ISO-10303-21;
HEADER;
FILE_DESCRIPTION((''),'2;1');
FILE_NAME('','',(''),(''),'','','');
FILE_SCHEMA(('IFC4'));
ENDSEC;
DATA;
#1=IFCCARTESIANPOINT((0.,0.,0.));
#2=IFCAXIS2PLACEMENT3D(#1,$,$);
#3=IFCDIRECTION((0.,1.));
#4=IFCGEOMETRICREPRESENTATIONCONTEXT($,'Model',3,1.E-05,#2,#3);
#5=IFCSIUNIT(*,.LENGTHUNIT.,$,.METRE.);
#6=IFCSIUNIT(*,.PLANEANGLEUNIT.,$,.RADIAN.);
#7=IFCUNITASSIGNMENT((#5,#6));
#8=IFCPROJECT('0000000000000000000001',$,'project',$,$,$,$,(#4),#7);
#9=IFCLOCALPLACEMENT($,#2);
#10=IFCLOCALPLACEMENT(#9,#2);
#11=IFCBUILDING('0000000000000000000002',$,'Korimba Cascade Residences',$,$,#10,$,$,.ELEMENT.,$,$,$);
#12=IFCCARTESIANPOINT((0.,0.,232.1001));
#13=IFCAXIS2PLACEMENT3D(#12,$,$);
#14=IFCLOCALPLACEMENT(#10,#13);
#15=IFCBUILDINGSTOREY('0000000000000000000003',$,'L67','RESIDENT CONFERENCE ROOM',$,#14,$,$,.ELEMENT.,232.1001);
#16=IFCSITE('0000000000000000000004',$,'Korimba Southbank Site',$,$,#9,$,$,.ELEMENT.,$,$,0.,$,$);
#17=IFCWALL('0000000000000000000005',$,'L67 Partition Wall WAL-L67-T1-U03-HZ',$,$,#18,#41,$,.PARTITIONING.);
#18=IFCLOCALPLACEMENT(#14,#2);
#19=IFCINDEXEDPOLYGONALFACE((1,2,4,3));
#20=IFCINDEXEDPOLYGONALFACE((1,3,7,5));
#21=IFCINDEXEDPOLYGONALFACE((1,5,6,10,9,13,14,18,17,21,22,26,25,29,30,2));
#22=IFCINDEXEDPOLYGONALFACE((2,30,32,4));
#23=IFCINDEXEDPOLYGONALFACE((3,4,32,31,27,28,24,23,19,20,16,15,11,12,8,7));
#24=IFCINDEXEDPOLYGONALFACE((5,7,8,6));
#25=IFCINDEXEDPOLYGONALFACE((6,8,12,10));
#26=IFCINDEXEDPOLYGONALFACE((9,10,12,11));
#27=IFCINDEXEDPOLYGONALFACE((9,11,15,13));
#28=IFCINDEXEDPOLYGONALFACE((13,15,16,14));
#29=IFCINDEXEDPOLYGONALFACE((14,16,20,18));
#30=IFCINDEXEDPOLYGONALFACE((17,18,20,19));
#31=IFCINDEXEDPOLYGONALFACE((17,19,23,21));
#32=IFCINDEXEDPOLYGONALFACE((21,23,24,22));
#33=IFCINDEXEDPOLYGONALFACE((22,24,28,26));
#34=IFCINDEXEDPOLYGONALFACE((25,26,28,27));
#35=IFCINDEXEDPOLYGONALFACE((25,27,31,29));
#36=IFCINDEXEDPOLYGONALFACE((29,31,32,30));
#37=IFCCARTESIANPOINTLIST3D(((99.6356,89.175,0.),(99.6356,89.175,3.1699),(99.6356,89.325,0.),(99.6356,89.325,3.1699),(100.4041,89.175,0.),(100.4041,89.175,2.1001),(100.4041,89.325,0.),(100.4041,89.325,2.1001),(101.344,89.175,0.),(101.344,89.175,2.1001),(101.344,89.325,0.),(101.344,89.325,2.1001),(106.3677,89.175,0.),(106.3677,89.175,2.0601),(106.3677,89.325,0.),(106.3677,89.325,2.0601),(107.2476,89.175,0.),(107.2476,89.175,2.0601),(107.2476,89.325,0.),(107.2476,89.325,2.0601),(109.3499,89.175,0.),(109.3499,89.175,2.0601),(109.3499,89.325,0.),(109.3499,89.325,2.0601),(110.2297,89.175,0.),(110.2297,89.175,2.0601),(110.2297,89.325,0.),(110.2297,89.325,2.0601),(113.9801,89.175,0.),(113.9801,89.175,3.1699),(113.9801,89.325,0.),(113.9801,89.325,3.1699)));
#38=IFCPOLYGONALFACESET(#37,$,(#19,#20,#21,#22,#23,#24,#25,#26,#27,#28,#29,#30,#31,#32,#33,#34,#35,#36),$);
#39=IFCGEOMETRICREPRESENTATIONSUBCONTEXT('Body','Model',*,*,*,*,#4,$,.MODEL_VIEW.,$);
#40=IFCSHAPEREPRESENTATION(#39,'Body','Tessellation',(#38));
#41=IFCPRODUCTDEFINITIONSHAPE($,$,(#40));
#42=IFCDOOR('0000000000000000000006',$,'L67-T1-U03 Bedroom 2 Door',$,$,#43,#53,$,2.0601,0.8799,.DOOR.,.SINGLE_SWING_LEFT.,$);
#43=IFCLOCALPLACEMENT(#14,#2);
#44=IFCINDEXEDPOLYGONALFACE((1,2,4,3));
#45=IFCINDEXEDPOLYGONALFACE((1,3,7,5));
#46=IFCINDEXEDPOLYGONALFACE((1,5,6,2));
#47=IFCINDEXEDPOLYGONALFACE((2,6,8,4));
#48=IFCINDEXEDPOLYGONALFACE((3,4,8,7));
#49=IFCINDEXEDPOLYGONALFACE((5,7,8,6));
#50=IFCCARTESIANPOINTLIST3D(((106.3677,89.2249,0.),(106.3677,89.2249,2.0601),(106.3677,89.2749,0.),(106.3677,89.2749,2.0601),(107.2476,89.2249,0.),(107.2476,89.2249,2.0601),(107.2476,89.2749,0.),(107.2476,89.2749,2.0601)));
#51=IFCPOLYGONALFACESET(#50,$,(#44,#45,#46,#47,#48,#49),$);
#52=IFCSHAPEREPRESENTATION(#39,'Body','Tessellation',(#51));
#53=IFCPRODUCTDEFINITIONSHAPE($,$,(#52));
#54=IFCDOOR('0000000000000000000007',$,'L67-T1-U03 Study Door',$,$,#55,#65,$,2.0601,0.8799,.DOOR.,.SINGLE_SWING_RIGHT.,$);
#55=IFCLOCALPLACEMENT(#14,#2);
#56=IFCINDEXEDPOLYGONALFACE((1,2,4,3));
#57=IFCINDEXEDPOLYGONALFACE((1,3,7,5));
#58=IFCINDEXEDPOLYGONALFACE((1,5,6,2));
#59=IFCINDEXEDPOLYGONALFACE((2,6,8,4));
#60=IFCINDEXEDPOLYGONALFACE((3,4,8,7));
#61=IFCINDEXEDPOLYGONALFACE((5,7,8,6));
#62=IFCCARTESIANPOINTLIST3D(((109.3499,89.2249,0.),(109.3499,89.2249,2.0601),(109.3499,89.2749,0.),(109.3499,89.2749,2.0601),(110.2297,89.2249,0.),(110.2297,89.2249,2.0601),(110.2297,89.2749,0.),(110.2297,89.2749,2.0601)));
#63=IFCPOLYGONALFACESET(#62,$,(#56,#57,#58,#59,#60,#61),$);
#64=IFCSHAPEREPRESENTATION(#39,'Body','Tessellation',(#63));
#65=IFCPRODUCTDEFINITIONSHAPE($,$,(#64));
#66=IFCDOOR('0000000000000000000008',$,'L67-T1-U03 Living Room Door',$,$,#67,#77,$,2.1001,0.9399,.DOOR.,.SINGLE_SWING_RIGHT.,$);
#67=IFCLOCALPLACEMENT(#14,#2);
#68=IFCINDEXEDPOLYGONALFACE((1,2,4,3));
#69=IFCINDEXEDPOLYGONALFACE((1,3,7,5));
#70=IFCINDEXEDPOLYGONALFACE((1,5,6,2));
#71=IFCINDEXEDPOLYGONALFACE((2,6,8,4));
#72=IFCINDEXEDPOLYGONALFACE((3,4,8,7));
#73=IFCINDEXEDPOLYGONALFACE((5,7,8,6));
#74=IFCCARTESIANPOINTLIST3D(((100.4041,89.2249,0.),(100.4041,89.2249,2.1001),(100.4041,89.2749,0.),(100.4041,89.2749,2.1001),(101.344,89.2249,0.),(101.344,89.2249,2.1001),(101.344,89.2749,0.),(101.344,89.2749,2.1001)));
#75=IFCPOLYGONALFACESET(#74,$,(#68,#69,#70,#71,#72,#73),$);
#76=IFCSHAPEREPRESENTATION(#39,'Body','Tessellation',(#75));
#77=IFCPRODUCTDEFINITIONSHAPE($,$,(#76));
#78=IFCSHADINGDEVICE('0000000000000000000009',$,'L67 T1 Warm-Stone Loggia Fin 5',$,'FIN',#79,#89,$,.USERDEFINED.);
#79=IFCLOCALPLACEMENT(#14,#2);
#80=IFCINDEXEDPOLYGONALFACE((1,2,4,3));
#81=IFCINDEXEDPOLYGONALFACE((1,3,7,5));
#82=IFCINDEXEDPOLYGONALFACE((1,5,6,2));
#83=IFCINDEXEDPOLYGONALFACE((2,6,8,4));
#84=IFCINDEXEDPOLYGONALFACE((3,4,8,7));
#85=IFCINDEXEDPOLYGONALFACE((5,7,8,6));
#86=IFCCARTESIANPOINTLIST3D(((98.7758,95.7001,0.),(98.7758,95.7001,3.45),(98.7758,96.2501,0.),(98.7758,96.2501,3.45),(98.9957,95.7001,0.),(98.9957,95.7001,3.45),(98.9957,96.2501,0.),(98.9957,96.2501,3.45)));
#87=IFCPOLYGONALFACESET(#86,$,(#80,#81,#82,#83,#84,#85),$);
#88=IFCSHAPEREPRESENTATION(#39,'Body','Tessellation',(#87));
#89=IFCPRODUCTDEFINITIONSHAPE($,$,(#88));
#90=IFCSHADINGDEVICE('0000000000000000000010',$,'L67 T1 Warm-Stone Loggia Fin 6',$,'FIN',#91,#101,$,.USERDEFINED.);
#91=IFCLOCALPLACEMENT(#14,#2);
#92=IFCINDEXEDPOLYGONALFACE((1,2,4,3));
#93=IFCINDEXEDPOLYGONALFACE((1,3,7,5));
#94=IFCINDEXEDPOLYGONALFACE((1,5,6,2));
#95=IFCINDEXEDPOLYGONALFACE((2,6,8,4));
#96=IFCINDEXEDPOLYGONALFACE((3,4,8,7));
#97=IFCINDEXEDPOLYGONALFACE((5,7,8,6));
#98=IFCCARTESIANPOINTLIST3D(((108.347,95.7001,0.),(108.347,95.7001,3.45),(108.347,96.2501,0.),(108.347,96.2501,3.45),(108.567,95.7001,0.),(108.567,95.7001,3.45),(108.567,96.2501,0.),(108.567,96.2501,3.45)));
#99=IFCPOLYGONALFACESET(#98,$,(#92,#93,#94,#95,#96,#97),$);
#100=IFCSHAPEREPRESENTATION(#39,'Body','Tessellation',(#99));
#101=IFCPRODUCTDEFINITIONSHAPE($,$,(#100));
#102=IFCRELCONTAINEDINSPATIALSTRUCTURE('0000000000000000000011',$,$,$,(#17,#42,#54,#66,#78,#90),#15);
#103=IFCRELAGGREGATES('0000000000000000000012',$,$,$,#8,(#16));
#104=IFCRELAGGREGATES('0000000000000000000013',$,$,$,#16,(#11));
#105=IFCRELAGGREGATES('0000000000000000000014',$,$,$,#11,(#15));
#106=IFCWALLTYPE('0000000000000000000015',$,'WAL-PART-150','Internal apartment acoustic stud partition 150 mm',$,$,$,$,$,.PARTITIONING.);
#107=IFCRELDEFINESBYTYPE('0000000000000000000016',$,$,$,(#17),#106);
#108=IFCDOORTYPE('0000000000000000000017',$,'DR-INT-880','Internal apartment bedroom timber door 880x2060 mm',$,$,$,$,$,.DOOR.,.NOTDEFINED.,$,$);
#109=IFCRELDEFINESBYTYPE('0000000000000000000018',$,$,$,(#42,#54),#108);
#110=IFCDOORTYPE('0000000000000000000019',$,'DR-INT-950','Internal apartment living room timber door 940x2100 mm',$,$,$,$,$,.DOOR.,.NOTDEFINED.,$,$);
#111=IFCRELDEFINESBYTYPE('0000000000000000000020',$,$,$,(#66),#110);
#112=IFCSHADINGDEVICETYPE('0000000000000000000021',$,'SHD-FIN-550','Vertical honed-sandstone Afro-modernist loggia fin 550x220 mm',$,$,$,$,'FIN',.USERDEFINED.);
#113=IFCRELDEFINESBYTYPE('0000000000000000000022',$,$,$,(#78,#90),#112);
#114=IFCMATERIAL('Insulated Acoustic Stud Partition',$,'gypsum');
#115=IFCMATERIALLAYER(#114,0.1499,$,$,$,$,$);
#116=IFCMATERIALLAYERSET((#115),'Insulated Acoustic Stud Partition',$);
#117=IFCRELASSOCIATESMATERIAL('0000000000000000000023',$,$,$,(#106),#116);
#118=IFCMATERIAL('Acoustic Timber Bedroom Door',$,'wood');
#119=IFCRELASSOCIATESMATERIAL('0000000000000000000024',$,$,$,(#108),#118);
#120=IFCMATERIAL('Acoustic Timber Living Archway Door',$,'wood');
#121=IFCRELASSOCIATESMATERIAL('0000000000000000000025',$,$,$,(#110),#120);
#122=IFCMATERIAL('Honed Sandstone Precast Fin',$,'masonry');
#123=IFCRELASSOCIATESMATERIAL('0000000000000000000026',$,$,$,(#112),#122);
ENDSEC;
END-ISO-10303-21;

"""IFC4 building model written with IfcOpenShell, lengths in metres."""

from ifc_helpers import new_model, si_unit, direction, frame, frame_2d, origin, origin_2d, place, context, subcontext, project, spatial, rectangle, extrude, material, layer, layer_set, type_object, element, fill, save


model = new_model("IFC4")

# Units and contexts
model_context = context("Model", 3, precision=1e-05, world=origin(), true_north=direction((0.0, 1.0)))
body_context = subcontext(model_context, "Body", "Model", "MODEL_VIEW")
ifc_project = project(units=[si_unit("LENGTHUNIT", "METRE"), si_unit("PLANEANGLEUNIT", "RADIAN")], contexts=[model_context])

# Site, building, storey
site_placement = place(None, origin())
site = spatial("IfcSite", under=ifc_project, at=site_placement, Name="Korimba Southbank Site", CompositionType="ELEMENT", RefElevation=0.0)
building_placement = place(site_placement, origin())
building = spatial("IfcBuilding", under=site, at=building_placement, Name="Korimba Cascade Residences", CompositionType="ELEMENT")
storey_placement = place(building_placement, frame((0.0, 0.0, 232.1001)))
storey = spatial("IfcBuildingStorey", under=building, at=storey_placement, Name="L67", Description="RESIDENT CONFERENCE ROOM", CompositionType="ELEMENT", Elevation=232.1001)

# Shared definitions
ifc_material_1 = material(Name="Insulated Acoustic Stud Partition", Category="gypsum")
ifc_layer = layer(ifc_material_1, 0.1499)
ifc_layer_set = layer_set([ifc_layer], Name="Insulated Acoustic Stud Partition")
wall_type = type_object("IfcWallType", Name="WAL-PART-150", Description="Internal apartment acoustic stud partition 150 mm", PredefinedType="PARTITIONING", material=ifc_layer_set)

# Wall, openings, doors
wall_1_placement = place(storey_placement, frame((99.6355, 89.25, 0.0), z_axis=(0.0, 0.0, 1.0), x_axis=(1.0, 0.0, 0.0)))
wall_1 = element("IfcWall", 1, at=wall_1_placement, inside=storey, type_object=wall_type, Name="L67 Partition Wall WAL-L67-T1-U03-HZ", PredefinedType="PARTITIONING", context=body_context, shape_type="SweptSolid", body=[
    extrude(rectangle(XDim=14.3445, YDim=0.1499, at=frame_2d((7.1724, 0.0))), origin(), (0.0, 0.0, 1.0), 3.1699),
])
opening_1_placement = place(wall_1_placement, frame((0.7686, 0.0, 0.0)))
opening_1 = element("IfcOpeningElement", 2, at=opening_1_placement, cuts=wall_1, PredefinedType="OPENING", context=body_context, shape_type="SweptSolid", body=[
    extrude(rectangle(XDim=0.9399, YDim=2.1001, at=frame_2d((0.47, 1.05))), frame((0.0, 0.085, 0.0), z_axis=(0.0, -1.0, 0.0), x_axis=(1.0, 0.0, 0.0)), (0.0, 0.0, 1.0), 0.1699),
])
opening_2_placement = place(wall_1_placement, frame((6.7322, 0.0, 0.0)))
opening_2 = element("IfcOpeningElement", 3, at=opening_2_placement, cuts=wall_1, PredefinedType="OPENING", context=body_context, shape_type="SweptSolid", body=[
    extrude(rectangle(XDim=0.8799, YDim=2.0601, at=frame_2d((0.4399, 1.03))), frame((0.0, 0.085, 0.0), z_axis=(0.0, -1.0, 0.0), x_axis=(1.0, 0.0, 0.0)), (0.0, 0.0, 1.0), 0.1699),
])
opening_3_placement = place(wall_1_placement, frame((9.7144, 0.0, 0.0)))
opening_3 = element("IfcOpeningElement", 4, at=opening_3_placement, cuts=wall_1, PredefinedType="OPENING", context=body_context, shape_type="SweptSolid", body=[
    extrude(rectangle(XDim=0.8799, YDim=2.0601, at=frame_2d((0.4399, 1.03))), frame((0.0, 0.085, 0.0), z_axis=(0.0, -1.0, 0.0), x_axis=(1.0, 0.0, 0.0)), (0.0, 0.0, 1.0), 0.1699),
])
ifc_material_2 = material(Name="Acoustic Timber Bedroom Door", Category="wood")
door_type_1 = type_object("IfcDoorType", Name="DR-INT-880", Description="Internal apartment bedroom timber door 880x2060 mm", OperationType="NOTDEFINED", PredefinedType="DOOR", material=ifc_material_2)
door_1_placement = place(opening_2_placement, origin())
door_1 = element("IfcDoor", 5, at=door_1_placement, inside=storey, type_object=door_type_1, Name="L67-T1-U03 Bedroom 2 Door", OperationType="SINGLE_SWING_LEFT", OverallHeight=2.0601, OverallWidth=0.8799, PredefinedType="DOOR", context=body_context, shape_type="SweptSolid", body=[
    extrude(rectangle(XDim=0.8799, YDim=2.0601, at=frame_2d((0.4399, 1.03))), frame((0.0, 0.0249, 0.0), z_axis=(0.0, -1.0, 0.0), x_axis=(1.0, 0.0, 0.0)), (0.0, 0.0, 1.0), 0.05),
])
fill(opening_2, door_1)
door_2_placement = place(opening_3_placement, origin())
door_2 = element("IfcDoor", 6, at=door_2_placement, inside=storey, type_object=door_type_1, Name="L67-T1-U03 Study Door", OperationType="SINGLE_SWING_RIGHT", OverallHeight=2.0601, OverallWidth=0.8799, PredefinedType="DOOR", context=body_context, shape_type="SweptSolid", body=[
    extrude(rectangle(XDim=0.8799, YDim=2.0601, at=frame_2d((0.4399, 1.03))), frame((0.0, 0.0249, 0.0), z_axis=(0.0, -1.0, 0.0), x_axis=(1.0, 0.0, 0.0)), (0.0, 0.0, 1.0), 0.05),
])
fill(opening_3, door_2)
ifc_material_3 = material(Name="Acoustic Timber Living Archway Door", Category="wood")
door_type_2 = type_object("IfcDoorType", Name="DR-INT-950", Description="Internal apartment living room timber door 940x2100 mm", OperationType="NOTDEFINED", PredefinedType="DOOR", material=ifc_material_3)
door_3_placement = place(opening_1_placement, origin())
door_3 = element("IfcDoor", 7, at=door_3_placement, inside=storey, type_object=door_type_2, Name="L67-T1-U03 Living Room Door", OperationType="SINGLE_SWING_RIGHT", OverallHeight=2.1001, OverallWidth=0.9399, PredefinedType="DOOR", context=body_context, shape_type="SweptSolid", body=[
    extrude(rectangle(XDim=0.9399, YDim=2.1001, at=frame_2d((0.47, 1.05))), frame((0.0, 0.0249, 0.0), z_axis=(0.0, -1.0, 0.0), x_axis=(1.0, 0.0, 0.0)), (0.0, 0.0, 1.0), 0.05),
])
fill(opening_1, door_3)

# Shading devices
ifc_material_4 = material(Name="Honed Sandstone Precast Fin", Category="masonry")
shading_device_type = type_object("IfcShadingDeviceType", Name="SHD-FIN-550", Description="Vertical honed-sandstone Afro-modernist loggia fin 550x220 mm", ElementType="FIN", PredefinedType="USERDEFINED", material=ifc_material_4)
for number, where, z_axis, x_axis, name in (
    (8, (98.8857, 95.9751, 0.0), (0.0, 0.0, 1.0), (1.0, 0.0, 0.0), "L67 T1 Warm-Stone Loggia Fin 5"),
    (9, (108.457, 95.9751, 0.0), (0.0, 0.0, 1.0), (1.0, 0.0, 0.0), "L67 T1 Warm-Stone Loggia Fin 6"),
):
    element("IfcShadingDevice", number, at=place(storey_placement, frame(where, z_axis=z_axis, x_axis=x_axis)), inside=storey, type_object=shading_device_type, Name=name, ObjectType="FIN", PredefinedType="USERDEFINED", context=body_context, shape_type="SweptSolid", body=[
        extrude(rectangle(XDim=0.22, YDim=0.55, at=origin_2d()), origin(), (0.0, 0.0, 1.0), 3.45),
    ])

save(model, "model.ifc")
